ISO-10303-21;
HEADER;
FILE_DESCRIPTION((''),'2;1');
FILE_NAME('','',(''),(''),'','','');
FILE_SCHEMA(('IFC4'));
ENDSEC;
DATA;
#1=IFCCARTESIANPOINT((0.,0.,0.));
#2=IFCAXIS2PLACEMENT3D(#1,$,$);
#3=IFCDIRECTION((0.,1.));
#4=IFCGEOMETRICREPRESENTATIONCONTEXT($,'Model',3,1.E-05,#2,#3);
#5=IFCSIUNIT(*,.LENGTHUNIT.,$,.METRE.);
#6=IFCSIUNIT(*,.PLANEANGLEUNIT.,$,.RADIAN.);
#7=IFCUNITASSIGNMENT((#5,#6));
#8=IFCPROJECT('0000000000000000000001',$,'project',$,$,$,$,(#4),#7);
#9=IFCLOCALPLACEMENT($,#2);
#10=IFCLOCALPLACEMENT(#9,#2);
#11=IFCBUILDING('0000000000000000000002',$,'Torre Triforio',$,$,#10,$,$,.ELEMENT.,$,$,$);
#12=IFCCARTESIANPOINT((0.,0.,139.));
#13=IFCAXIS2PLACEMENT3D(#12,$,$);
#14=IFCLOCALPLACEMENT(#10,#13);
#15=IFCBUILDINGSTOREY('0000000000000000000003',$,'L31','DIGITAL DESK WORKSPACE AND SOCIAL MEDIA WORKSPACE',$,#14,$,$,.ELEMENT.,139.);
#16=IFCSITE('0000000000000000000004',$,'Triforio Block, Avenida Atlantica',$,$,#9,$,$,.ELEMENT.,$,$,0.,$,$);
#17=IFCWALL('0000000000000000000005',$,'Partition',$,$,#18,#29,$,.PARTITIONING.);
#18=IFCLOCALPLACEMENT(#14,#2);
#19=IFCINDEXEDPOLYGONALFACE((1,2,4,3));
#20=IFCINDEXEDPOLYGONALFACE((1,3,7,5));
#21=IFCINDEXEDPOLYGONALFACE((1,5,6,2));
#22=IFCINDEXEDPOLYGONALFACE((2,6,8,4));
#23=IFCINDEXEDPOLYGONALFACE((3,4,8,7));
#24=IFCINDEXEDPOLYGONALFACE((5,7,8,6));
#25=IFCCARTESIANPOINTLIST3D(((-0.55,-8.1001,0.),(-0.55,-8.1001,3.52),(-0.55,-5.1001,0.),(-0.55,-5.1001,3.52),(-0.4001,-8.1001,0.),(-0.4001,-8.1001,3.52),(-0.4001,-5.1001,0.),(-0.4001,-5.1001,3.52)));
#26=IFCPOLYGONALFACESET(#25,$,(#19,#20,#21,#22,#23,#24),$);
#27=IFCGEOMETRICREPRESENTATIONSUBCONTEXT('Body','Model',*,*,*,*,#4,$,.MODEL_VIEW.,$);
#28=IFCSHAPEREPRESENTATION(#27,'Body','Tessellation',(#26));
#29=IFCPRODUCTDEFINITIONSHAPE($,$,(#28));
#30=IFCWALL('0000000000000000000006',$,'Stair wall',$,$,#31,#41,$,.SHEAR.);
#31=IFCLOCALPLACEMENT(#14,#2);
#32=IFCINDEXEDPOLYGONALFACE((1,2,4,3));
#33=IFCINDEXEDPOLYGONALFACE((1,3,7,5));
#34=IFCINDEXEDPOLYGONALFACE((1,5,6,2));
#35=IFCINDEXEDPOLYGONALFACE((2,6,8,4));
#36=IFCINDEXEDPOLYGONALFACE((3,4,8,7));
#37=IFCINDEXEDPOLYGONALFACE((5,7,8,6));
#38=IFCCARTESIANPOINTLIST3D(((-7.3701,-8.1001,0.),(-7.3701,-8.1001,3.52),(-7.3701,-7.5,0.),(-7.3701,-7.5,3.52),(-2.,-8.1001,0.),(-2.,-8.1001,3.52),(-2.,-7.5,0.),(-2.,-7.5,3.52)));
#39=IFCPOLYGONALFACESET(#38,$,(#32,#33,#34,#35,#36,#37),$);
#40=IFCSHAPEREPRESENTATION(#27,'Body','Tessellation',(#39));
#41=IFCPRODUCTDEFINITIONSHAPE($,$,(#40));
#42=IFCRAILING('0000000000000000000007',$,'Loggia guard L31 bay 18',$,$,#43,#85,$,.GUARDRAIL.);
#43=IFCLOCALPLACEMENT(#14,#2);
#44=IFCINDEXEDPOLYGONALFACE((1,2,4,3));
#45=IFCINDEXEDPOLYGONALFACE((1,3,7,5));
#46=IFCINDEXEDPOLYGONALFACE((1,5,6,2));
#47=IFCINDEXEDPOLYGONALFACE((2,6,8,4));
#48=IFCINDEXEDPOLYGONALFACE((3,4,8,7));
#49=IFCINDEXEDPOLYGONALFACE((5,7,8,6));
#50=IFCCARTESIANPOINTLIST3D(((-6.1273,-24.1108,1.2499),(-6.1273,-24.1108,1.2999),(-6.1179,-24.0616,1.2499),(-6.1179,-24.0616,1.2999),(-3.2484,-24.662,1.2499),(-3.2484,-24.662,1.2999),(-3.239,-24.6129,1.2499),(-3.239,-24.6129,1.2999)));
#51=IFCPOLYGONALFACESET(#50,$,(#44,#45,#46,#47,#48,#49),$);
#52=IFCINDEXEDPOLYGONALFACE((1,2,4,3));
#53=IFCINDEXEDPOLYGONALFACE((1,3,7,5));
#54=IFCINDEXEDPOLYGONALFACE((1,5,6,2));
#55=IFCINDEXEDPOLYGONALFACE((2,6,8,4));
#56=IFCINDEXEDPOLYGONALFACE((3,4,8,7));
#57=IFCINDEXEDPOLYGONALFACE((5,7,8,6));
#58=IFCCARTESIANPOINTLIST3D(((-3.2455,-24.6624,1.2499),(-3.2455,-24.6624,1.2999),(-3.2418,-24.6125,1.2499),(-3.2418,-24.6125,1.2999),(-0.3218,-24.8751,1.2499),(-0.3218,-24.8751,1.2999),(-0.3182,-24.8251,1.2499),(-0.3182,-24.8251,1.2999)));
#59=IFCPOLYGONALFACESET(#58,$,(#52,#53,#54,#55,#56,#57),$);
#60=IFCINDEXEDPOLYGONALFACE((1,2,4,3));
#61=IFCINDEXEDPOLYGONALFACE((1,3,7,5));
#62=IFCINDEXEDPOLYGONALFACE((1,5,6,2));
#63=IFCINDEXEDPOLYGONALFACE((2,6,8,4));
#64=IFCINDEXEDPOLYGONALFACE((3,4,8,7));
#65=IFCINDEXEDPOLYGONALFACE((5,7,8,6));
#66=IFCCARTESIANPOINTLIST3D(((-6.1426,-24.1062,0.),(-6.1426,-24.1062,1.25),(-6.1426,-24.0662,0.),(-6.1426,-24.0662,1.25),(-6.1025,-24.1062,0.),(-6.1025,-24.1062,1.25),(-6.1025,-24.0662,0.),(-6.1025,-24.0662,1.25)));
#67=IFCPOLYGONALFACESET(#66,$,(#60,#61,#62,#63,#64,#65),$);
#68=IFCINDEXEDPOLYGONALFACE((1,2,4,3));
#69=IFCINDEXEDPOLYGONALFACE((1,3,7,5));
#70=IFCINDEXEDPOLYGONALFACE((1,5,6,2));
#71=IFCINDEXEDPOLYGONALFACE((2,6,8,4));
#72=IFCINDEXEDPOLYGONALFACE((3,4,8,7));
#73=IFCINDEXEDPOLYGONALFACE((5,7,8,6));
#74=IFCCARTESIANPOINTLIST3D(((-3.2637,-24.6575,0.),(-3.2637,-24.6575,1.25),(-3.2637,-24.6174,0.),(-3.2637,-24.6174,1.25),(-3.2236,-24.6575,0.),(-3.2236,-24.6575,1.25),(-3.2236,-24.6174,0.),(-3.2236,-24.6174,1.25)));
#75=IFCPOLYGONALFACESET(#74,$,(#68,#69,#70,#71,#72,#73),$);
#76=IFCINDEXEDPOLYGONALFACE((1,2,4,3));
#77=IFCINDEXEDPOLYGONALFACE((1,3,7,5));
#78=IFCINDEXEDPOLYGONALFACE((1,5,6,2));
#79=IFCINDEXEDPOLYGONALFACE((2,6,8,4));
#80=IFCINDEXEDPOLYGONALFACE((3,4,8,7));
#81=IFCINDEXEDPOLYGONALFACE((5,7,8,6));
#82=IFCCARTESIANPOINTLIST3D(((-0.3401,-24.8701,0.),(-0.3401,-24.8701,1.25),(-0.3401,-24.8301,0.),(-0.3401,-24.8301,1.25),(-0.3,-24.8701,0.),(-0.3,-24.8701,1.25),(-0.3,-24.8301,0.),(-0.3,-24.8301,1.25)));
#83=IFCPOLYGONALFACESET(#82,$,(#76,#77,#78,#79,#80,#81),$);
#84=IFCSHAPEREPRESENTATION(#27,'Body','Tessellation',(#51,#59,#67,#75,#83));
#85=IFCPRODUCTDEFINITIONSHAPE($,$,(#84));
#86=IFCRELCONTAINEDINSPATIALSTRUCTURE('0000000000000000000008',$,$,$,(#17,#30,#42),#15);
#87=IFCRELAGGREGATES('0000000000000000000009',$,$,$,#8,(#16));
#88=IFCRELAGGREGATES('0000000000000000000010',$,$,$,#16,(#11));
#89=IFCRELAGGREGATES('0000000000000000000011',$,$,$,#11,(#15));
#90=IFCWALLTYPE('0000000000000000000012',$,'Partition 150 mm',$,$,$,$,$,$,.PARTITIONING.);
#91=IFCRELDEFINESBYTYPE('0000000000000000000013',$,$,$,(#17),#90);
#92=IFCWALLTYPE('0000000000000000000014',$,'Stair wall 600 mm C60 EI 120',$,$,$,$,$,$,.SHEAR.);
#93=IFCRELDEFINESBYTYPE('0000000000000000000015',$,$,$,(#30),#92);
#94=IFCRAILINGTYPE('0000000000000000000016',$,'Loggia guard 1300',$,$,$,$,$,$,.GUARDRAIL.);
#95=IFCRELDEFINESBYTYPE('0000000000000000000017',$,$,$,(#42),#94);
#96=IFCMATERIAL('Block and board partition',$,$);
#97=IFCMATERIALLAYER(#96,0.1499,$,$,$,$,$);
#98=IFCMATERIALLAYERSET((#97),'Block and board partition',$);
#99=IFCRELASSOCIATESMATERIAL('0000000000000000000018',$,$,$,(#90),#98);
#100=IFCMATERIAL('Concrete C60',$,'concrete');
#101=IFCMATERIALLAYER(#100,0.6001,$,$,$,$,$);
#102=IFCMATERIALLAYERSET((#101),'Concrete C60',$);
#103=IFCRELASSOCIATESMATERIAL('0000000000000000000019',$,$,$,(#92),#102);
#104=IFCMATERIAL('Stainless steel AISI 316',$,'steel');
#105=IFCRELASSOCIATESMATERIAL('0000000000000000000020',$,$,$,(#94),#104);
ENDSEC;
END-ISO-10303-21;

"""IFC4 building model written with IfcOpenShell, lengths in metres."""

from ifc_helpers import new_model, si_unit, direction, frame, frame_2d, origin, origin_2d, place, context, subcontext, project, spatial, rectangle, extrude, material, layer, layer_set, type_object, element, save


model = new_model("IFC4")

# Units and contexts
model_context = context("Model", 3, precision=1e-05, world=origin(), true_north=direction((0.0, 1.0)))
body_context = subcontext(model_context, "Body", "Model", "MODEL_VIEW")
ifc_project = project(units=[si_unit("LENGTHUNIT", "METRE"), si_unit("PLANEANGLEUNIT", "RADIAN")], contexts=[model_context])

# Site, building, storey
site_placement = place(None, origin())
site = spatial("IfcSite", under=ifc_project, at=site_placement, Name="Triforio Block, Avenida Atlantica", CompositionType="ELEMENT", RefElevation=0.0)
building_placement = place(site_placement, origin())
building = spatial("IfcBuilding", under=site, at=building_placement, Name="Torre Triforio", CompositionType="ELEMENT")
storey_placement = place(building_placement, frame((0.0, 0.0, 139.0)))
storey = spatial("IfcBuildingStorey", under=building, at=storey_placement, Name="L31", Description="DIGITAL DESK WORKSPACE AND SOCIAL MEDIA WORKSPACE", CompositionType="ELEMENT", Elevation=139.0)

# Shared definitions
ifc_material_1 = material(Name="Concrete C60", Category="concrete")

# Walls
ifc_material_2 = material(Name="Block and board partition")
ifc_layer_1 = layer(ifc_material_2, 0.1499)
ifc_layer_set_1 = layer_set([ifc_layer_1], Name="Block and board partition")
wall_type_1 = type_object("IfcWallType", Name="Partition 150 mm", PredefinedType="PARTITIONING", material=ifc_layer_set_1)
wall_1_placement = place(storey_placement, frame((-0.4751, -8.1001, 0.0), z_axis=(0.0, 0.0, 1.0), x_axis=(0.0, 1.0, 0.0)))
element("IfcWall", 1, at=wall_1_placement, inside=storey, type_object=wall_type_1, Name="Partition", PredefinedType="PARTITIONING", context=body_context, shape_type="SweptSolid", body=[
    extrude(rectangle(XDim=3.0, YDim=0.1499, at=frame_2d((1.5, 0.0))), origin(), (0.0, 0.0, 1.0), 3.52),
])
ifc_layer_2 = layer(ifc_material_1, 0.6001)
ifc_layer_set_2 = layer_set([ifc_layer_2], Name="Concrete C60")
wall_type_2 = type_object("IfcWallType", Name="Stair wall 600 mm C60 EI 120", PredefinedType="SHEAR", material=ifc_layer_set_2)
wall_2_placement = place(storey_placement, frame((-7.3701, -7.8, 0.0), z_axis=(0.0, 0.0, 1.0), x_axis=(1.0, 0.0, 0.0)))
element("IfcWall", 2, at=wall_2_placement, inside=storey, type_object=wall_type_2, Name="Stair wall", PredefinedType="SHEAR", context=body_context, shape_type="SweptSolid", body=[
    extrude(rectangle(XDim=5.3701, YDim=0.6001, at=frame_2d((2.6851, 0.0))), origin(), (0.0, 0.0, 1.0), 3.52),
])

# Railing
ifc_material_3 = material(Name="Stainless steel AISI 316", Category="steel")
railing_type = type_object("IfcRailingType", Name="Loggia guard 1300", PredefinedType="GUARDRAIL", material=ifc_material_3)
railing_placement = place(storey_placement, frame((-6.1226, -24.0862, 0.0)))
element("IfcRailing", 3, at=railing_placement, inside=storey, type_object=railing_type, Name="Loggia guard L31 bay 18", PredefinedType="GUARDRAIL", context=body_context, shape_type="SweptSolid", body=[
    extrude(rectangle(XDim=0.05, YDim=0.05, at=origin_2d()), frame((0.0, 0.0, 1.2749), z_axis=(0.982156, -0.188069, 0.0), x_axis=(0.188069, 0.982156, 0.0)), (0.0, 0.0, 1.0), 2.9312),
    extrude(rectangle(XDim=0.05, YDim=0.05, at=origin_2d()), frame((2.8789, -0.5513, 1.2749), z_axis=(0.997365, -0.072543, 0.0), x_axis=(0.072543, 0.997365, 0.0)), (0.0, 0.0, 1.0), 2.9314),
    extrude(rectangle(XDim=0.04, YDim=0.04, at=origin_2d()), origin(), (0.0, 0.0, 1.0), 1.25),
    extrude(rectangle(XDim=0.04, YDim=0.04, at=origin_2d()), frame((2.8789, -0.5513, 0.0)), (0.0, 0.0, 1.0), 1.25),
    extrude(rectangle(XDim=0.04, YDim=0.04, at=origin_2d()), frame((5.8025, -0.7639, 0.0)), (0.0, 0.0, 1.0), 1.25),
])

save(model, "model.ifc")
